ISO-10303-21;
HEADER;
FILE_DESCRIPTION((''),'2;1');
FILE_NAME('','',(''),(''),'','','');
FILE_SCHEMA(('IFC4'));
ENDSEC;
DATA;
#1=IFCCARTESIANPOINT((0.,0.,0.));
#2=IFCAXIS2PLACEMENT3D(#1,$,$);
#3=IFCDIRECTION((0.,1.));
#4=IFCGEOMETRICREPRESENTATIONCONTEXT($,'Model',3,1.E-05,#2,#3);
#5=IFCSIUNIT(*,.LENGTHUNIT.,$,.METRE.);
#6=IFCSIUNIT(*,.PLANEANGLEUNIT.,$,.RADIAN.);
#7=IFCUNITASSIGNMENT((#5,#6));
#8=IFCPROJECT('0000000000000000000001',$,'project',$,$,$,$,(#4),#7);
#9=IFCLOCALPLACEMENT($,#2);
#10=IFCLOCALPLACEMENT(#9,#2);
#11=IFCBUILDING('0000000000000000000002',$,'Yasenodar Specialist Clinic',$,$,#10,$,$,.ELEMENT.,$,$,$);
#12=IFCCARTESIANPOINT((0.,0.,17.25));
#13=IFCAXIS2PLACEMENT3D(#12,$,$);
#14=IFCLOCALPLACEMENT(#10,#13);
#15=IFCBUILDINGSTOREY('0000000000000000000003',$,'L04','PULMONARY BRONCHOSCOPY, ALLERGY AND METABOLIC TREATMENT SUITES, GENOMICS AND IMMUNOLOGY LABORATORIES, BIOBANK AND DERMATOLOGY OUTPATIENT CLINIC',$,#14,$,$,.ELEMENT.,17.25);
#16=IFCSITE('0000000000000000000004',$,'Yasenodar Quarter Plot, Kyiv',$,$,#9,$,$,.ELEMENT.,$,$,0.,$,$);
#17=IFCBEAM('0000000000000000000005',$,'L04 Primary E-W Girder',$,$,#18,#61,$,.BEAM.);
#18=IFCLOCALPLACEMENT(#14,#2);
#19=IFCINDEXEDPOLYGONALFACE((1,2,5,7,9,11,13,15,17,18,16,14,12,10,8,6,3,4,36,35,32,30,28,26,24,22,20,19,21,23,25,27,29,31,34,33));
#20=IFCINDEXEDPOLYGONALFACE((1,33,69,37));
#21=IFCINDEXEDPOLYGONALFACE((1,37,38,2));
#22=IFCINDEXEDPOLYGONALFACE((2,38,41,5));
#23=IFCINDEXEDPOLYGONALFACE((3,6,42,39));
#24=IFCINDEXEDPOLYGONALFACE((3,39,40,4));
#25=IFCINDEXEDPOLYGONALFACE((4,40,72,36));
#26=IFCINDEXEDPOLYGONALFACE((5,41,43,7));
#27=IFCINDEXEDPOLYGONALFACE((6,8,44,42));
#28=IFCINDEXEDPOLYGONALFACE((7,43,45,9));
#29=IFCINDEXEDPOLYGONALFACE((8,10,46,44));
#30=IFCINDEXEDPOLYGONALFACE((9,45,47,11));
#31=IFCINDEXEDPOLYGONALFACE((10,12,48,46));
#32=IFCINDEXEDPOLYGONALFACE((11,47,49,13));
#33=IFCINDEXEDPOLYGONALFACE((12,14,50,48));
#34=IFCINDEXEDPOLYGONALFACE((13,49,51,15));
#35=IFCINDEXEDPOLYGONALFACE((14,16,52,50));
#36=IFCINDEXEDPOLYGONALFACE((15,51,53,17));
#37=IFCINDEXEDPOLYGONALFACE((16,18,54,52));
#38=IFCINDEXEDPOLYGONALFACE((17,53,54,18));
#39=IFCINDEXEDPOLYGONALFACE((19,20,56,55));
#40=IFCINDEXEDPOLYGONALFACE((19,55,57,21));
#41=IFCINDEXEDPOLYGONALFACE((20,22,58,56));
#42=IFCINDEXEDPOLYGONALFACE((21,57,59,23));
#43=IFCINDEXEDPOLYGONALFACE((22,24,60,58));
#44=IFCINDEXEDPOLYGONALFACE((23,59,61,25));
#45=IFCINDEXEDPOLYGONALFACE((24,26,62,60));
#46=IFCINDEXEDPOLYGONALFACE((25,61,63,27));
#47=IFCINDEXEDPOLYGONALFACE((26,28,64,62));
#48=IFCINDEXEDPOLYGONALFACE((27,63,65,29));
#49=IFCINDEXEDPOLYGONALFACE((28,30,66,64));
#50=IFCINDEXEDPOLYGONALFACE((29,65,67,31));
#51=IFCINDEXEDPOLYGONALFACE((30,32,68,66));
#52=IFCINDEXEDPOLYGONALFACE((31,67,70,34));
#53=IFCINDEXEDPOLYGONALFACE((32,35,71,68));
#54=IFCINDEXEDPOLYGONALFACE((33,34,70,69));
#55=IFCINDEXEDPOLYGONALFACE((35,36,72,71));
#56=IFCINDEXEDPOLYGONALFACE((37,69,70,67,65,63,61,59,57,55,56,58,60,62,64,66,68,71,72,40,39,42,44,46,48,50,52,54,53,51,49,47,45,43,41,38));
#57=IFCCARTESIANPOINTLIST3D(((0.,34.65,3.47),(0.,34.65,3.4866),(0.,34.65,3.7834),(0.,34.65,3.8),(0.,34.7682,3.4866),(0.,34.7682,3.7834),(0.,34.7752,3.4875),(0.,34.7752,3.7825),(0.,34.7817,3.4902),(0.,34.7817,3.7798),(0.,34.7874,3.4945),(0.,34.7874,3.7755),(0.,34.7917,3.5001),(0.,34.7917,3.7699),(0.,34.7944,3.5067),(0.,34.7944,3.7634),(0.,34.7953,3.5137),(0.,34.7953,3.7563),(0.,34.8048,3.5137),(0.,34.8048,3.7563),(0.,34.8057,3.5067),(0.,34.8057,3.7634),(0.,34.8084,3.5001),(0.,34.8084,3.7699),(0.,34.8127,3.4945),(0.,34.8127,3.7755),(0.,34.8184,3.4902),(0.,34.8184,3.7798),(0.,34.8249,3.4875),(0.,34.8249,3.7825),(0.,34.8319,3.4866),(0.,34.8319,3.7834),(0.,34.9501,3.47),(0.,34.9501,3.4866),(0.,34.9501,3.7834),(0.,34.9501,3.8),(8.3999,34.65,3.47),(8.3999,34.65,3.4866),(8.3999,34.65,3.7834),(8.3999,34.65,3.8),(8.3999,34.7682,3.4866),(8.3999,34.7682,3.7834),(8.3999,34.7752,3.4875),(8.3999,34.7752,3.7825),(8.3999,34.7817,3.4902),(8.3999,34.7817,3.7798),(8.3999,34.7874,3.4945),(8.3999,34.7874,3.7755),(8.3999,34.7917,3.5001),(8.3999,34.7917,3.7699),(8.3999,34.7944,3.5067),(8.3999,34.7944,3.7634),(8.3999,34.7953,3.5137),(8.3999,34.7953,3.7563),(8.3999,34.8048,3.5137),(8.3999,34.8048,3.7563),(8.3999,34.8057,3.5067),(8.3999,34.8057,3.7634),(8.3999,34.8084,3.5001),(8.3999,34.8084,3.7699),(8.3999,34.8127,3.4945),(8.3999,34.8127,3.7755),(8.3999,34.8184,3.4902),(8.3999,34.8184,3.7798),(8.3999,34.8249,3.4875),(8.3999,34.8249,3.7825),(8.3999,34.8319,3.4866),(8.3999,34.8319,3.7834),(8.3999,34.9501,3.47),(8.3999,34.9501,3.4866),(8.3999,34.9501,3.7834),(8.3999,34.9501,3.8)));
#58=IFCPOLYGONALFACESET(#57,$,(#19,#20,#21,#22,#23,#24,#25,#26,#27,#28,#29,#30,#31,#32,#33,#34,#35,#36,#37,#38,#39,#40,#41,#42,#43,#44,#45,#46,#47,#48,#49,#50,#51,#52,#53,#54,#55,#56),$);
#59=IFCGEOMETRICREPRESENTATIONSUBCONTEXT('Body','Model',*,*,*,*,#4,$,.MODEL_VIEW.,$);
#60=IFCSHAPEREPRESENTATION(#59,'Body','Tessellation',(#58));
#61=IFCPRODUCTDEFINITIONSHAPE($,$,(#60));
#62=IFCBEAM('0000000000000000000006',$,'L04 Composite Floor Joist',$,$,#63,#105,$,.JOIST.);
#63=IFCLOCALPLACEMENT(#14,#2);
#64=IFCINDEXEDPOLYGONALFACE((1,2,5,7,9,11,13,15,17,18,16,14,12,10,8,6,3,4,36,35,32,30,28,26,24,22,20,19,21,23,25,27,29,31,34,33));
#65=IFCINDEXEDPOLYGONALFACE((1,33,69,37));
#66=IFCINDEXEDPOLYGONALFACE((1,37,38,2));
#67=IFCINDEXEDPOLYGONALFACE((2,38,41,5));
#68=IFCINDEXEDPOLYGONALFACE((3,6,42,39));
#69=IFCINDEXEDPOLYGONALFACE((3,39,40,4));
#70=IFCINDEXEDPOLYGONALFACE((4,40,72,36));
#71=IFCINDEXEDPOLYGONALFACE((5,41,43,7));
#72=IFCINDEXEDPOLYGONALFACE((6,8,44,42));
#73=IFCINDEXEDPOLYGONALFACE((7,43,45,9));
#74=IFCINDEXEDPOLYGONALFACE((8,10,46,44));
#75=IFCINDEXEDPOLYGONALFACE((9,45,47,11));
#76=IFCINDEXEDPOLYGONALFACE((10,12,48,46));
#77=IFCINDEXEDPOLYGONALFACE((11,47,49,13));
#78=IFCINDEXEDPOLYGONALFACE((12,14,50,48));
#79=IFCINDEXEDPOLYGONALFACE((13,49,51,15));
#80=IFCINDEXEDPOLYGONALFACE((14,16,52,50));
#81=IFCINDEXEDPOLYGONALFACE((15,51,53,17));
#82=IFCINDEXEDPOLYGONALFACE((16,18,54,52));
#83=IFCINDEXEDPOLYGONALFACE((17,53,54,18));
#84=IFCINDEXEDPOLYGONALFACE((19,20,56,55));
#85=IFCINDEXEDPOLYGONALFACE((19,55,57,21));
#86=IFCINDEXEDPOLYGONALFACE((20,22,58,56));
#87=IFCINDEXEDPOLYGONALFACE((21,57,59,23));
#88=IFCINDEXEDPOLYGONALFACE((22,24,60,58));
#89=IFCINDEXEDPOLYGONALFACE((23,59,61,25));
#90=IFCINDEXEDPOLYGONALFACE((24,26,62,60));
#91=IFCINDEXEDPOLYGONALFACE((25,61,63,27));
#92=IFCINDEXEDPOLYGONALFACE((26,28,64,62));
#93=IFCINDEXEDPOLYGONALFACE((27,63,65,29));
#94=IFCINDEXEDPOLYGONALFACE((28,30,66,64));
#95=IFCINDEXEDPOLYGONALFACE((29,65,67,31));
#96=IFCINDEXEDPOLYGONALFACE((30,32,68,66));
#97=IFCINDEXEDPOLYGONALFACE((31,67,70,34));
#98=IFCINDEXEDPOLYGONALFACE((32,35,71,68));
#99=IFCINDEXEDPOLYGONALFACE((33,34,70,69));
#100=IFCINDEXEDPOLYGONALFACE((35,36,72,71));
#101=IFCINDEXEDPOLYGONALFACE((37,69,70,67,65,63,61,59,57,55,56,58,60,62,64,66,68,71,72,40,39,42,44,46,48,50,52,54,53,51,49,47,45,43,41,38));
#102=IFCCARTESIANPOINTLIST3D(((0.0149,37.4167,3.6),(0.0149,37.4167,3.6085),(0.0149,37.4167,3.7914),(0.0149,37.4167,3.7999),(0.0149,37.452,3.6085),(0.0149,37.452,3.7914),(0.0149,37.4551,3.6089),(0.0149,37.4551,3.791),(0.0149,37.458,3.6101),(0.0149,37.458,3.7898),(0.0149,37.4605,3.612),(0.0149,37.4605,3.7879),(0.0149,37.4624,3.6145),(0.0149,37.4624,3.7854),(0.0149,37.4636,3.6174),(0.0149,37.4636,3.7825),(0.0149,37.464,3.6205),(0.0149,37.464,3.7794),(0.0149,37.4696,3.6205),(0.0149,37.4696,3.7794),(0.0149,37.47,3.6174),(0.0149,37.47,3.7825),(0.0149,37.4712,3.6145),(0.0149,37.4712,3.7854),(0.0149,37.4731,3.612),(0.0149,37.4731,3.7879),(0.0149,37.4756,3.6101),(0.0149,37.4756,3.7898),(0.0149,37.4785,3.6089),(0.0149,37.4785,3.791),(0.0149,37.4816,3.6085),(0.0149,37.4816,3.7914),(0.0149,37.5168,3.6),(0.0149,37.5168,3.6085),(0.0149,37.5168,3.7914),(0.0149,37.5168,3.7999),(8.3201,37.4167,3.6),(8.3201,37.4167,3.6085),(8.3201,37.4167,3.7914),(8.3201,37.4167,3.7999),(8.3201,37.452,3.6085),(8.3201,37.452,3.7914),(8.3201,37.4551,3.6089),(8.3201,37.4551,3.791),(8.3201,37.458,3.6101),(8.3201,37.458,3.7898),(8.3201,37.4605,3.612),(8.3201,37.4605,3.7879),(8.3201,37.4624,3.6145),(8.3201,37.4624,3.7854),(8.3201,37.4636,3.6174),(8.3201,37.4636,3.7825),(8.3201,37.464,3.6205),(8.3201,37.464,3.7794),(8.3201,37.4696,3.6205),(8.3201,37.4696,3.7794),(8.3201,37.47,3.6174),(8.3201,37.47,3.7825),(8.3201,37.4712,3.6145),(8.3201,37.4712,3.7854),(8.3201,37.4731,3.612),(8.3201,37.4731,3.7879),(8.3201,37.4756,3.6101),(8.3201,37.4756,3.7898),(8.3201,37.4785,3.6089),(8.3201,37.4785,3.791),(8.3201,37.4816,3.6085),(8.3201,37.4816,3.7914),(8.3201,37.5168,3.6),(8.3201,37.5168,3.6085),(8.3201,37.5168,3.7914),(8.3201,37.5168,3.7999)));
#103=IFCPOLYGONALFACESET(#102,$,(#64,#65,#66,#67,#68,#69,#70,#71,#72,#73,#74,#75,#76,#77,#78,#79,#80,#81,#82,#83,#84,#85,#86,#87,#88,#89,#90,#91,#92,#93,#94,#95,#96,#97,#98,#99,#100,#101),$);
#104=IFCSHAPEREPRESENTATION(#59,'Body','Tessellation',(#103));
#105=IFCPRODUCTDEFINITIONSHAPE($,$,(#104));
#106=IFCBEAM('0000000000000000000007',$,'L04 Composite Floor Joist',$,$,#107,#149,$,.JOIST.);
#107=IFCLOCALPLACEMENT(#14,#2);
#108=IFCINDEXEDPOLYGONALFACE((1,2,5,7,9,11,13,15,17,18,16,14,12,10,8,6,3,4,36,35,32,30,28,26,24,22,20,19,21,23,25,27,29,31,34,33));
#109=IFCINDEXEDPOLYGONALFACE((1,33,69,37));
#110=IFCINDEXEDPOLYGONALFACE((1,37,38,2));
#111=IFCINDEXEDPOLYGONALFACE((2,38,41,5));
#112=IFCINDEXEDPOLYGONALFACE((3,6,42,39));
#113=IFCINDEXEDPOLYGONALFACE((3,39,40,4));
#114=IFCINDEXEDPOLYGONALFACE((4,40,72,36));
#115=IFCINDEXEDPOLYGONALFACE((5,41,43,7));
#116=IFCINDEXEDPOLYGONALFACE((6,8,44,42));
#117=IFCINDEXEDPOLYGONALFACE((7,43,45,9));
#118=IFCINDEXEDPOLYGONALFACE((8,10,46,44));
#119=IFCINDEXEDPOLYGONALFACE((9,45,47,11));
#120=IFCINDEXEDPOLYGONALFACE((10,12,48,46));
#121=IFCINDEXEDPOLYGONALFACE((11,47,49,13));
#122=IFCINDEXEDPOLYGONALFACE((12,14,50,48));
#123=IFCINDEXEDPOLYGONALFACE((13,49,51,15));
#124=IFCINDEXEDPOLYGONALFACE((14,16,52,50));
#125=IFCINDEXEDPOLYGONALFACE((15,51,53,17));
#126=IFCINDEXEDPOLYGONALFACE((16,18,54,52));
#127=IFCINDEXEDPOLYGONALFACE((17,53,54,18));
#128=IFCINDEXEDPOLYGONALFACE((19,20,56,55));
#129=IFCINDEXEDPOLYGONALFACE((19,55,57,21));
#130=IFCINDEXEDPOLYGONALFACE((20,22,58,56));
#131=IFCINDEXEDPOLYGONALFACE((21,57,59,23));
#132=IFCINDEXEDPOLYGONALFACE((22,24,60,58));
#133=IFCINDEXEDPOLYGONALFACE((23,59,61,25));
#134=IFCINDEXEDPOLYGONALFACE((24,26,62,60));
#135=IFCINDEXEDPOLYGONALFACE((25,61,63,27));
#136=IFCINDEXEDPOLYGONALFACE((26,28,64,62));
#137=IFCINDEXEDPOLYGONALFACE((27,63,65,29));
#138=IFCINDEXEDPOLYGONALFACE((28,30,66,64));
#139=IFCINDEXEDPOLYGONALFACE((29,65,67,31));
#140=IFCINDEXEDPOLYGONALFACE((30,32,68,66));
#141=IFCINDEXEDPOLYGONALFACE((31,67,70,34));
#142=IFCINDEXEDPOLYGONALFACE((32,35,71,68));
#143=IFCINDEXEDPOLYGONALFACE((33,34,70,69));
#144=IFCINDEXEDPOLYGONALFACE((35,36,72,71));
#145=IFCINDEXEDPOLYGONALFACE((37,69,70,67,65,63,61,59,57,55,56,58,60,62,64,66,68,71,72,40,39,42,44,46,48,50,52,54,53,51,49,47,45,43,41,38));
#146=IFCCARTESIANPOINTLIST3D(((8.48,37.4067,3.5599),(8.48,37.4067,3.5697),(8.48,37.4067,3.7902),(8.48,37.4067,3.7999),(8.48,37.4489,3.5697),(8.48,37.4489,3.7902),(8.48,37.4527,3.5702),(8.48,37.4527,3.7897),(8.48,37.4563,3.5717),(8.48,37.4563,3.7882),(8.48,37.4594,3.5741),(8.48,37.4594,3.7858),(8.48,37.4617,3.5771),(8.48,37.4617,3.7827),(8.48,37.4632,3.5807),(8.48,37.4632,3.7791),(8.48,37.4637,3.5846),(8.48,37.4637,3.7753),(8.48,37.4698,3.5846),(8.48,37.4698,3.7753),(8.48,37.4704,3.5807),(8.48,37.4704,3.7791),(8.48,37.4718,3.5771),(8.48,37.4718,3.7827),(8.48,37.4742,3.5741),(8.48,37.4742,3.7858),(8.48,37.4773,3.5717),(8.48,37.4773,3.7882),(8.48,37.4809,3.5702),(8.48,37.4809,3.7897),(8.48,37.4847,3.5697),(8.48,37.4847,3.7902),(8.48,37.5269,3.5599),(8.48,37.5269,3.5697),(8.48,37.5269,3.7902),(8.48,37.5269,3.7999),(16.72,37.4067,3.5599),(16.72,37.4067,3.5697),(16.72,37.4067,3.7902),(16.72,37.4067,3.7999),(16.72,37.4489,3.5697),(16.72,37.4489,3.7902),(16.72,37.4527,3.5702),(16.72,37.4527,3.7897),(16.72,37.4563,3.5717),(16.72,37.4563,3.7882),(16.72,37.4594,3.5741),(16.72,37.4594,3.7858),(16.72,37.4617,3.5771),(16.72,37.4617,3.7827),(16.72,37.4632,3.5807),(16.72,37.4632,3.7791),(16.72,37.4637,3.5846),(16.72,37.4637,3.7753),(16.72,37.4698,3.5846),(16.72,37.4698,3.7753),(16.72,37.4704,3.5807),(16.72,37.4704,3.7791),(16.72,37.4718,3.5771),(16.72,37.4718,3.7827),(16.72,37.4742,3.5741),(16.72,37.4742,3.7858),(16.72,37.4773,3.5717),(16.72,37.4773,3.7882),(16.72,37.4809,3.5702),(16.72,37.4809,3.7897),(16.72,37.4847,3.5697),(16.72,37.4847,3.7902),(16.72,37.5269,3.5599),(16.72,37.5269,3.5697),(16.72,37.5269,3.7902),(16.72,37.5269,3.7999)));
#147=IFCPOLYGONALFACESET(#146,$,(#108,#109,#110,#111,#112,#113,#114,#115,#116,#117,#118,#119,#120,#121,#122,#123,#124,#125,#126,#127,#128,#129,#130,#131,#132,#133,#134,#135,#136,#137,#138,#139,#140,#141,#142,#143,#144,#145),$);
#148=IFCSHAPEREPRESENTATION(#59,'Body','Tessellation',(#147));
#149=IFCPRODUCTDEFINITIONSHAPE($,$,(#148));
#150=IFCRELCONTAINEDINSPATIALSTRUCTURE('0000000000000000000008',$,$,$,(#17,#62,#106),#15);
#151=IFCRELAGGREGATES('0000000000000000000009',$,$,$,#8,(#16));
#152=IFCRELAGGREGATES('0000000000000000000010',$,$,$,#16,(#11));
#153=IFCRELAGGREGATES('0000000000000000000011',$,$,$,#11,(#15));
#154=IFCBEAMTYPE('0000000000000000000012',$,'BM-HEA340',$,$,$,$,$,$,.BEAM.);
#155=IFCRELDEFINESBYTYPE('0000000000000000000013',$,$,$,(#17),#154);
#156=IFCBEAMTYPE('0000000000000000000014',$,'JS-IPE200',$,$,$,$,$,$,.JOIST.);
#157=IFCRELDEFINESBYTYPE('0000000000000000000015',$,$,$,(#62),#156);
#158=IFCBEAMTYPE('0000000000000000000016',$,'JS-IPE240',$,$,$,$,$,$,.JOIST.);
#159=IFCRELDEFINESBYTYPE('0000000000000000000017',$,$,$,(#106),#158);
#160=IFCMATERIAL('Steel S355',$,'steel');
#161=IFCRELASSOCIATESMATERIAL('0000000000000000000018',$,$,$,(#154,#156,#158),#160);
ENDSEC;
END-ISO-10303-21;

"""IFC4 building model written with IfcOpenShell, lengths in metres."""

from ifc_helpers import new_model, si_unit, direction, frame, origin, origin_2d, place, context, subcontext, project, spatial, i_section, extrude, material, material_profile, profile_set, type_object, element, save


model = new_model("IFC4")

# Units and contexts
model_context = context("Model", 3, precision=1e-05, world=origin(), true_north=direction((0.0, 1.0)))
body_context = subcontext(model_context, "Body", "Model", "MODEL_VIEW")
ifc_project = project(units=[si_unit("LENGTHUNIT", "METRE"), si_unit("PLANEANGLEUNIT", "RADIAN")], contexts=[model_context])

# Site, building, storey
site_placement = place(None, origin())
site = spatial("IfcSite", under=ifc_project, at=site_placement, Name="Yasenodar Quarter Plot, Kyiv", CompositionType="ELEMENT", RefElevation=0.0)
building_placement = place(site_placement, origin())
building = spatial("IfcBuilding", under=site, at=building_placement, Name="Yasenodar Specialist Clinic", CompositionType="ELEMENT")
storey_placement = place(building_placement, frame((0.0, 0.0, 17.25)))
storey = spatial("IfcBuildingStorey", under=building, at=storey_placement, Name="L04", Description="PULMONARY BRONCHOSCOPY, ALLERGY AND METABOLIC TREATMENT SUITES, GENOMICS AND IMMUNOLOGY LABORATORIES, BIOBANK AND DERMATOLOGY OUTPATIENT CLINIC", CompositionType="ELEMENT", Elevation=17.25)

# Shared definitions
ifc_material_1 = material(Name="Steel S355", Category="steel")

# Beams
ifc_material_profile_1 = material_profile(ifc_material_1, i_section(OverallWidth=0.3, OverallDepth=0.3301, WebThickness=0.0095, FlangeThickness=0.0166, FilletRadius=0.0271, at=origin_2d()), Name="HEA 340")
ifc_profile_set_1 = profile_set([ifc_material_profile_1], Name="Steel S355")
beam_type_1 = type_object("IfcBeamType", Name="BM-HEA340", PredefinedType="BEAM", material=ifc_profile_set_1)
beam_1_placement = place(storey_placement, frame((0.0, 34.8, 3.635), z_axis=(1.0, 0.0, 0.0), x_axis=(0.0, 1.0, 0.0)))
element("IfcBeam", 1, at=beam_1_placement, inside=storey, type_object=beam_type_1, Name="L04 Primary E-W Girder", PredefinedType="BEAM", context=body_context, shape_type="SweptSolid", body=[
    extrude(i_section(OverallWidth=0.3, OverallDepth=0.3301, WebThickness=0.0095, FlangeThickness=0.0166, FilletRadius=0.0271, at=origin_2d()), origin(), (0.0, 0.0, 1.0), 8.3999),
])
ifc_material_profile_2 = material_profile(ifc_material_1, i_section(OverallWidth=0.1001, OverallDepth=0.2, WebThickness=0.0056, FlangeThickness=0.0085, FilletRadius=0.012, at=origin_2d()), Name="IPE 200")
ifc_profile_set_2 = profile_set([ifc_material_profile_2], Name="Steel S355")
beam_type_2 = type_object("IfcBeamType", Name="JS-IPE200", PredefinedType="JOIST", material=ifc_profile_set_2)
beam_2_placement = place(storey_placement, frame((0.0149, 37.4668, 3.7), z_axis=(1.0, 0.0, 0.0), x_axis=(0.0, 1.0, 0.0)))
element("IfcBeam", 2, at=beam_2_placement, inside=storey, type_object=beam_type_2, Name="L04 Composite Floor Joist", PredefinedType="JOIST", context=body_context, shape_type="SweptSolid", body=[
    extrude(i_section(OverallWidth=0.1001, OverallDepth=0.2, WebThickness=0.0056, FlangeThickness=0.0085, FilletRadius=0.012, at=origin_2d()), origin(), (0.0, 0.0, 1.0), 8.3052),
])
ifc_material_profile_3 = material_profile(ifc_material_1, i_section(OverallWidth=0.1201, OverallDepth=0.24, WebThickness=0.0061, FlangeThickness=0.0098, FilletRadius=0.0149, at=origin_2d()), Name="IPE 240")
ifc_profile_set_3 = profile_set([ifc_material_profile_3], Name="Steel S355")
beam_type_3 = type_object("IfcBeamType", Name="JS-IPE240", PredefinedType="JOIST", material=ifc_profile_set_3)
beam_3_placement = place(storey_placement, frame((8.48, 37.4668, 3.6799), z_axis=(1.0, 0.0, 0.0), x_axis=(0.0, 1.0, 0.0)))
element("IfcBeam", 3, at=beam_3_placement, inside=storey, type_object=beam_type_3, Name="L04 Composite Floor Joist", PredefinedType="JOIST", context=body_context, shape_type="SweptSolid", body=[
    extrude(i_section(OverallWidth=0.1201, OverallDepth=0.24, WebThickness=0.0061, FlangeThickness=0.0098, FilletRadius=0.0149, at=origin_2d()), origin(), (0.0, 0.0, 1.0), 8.24),
])

save(model, "model.ifc")
